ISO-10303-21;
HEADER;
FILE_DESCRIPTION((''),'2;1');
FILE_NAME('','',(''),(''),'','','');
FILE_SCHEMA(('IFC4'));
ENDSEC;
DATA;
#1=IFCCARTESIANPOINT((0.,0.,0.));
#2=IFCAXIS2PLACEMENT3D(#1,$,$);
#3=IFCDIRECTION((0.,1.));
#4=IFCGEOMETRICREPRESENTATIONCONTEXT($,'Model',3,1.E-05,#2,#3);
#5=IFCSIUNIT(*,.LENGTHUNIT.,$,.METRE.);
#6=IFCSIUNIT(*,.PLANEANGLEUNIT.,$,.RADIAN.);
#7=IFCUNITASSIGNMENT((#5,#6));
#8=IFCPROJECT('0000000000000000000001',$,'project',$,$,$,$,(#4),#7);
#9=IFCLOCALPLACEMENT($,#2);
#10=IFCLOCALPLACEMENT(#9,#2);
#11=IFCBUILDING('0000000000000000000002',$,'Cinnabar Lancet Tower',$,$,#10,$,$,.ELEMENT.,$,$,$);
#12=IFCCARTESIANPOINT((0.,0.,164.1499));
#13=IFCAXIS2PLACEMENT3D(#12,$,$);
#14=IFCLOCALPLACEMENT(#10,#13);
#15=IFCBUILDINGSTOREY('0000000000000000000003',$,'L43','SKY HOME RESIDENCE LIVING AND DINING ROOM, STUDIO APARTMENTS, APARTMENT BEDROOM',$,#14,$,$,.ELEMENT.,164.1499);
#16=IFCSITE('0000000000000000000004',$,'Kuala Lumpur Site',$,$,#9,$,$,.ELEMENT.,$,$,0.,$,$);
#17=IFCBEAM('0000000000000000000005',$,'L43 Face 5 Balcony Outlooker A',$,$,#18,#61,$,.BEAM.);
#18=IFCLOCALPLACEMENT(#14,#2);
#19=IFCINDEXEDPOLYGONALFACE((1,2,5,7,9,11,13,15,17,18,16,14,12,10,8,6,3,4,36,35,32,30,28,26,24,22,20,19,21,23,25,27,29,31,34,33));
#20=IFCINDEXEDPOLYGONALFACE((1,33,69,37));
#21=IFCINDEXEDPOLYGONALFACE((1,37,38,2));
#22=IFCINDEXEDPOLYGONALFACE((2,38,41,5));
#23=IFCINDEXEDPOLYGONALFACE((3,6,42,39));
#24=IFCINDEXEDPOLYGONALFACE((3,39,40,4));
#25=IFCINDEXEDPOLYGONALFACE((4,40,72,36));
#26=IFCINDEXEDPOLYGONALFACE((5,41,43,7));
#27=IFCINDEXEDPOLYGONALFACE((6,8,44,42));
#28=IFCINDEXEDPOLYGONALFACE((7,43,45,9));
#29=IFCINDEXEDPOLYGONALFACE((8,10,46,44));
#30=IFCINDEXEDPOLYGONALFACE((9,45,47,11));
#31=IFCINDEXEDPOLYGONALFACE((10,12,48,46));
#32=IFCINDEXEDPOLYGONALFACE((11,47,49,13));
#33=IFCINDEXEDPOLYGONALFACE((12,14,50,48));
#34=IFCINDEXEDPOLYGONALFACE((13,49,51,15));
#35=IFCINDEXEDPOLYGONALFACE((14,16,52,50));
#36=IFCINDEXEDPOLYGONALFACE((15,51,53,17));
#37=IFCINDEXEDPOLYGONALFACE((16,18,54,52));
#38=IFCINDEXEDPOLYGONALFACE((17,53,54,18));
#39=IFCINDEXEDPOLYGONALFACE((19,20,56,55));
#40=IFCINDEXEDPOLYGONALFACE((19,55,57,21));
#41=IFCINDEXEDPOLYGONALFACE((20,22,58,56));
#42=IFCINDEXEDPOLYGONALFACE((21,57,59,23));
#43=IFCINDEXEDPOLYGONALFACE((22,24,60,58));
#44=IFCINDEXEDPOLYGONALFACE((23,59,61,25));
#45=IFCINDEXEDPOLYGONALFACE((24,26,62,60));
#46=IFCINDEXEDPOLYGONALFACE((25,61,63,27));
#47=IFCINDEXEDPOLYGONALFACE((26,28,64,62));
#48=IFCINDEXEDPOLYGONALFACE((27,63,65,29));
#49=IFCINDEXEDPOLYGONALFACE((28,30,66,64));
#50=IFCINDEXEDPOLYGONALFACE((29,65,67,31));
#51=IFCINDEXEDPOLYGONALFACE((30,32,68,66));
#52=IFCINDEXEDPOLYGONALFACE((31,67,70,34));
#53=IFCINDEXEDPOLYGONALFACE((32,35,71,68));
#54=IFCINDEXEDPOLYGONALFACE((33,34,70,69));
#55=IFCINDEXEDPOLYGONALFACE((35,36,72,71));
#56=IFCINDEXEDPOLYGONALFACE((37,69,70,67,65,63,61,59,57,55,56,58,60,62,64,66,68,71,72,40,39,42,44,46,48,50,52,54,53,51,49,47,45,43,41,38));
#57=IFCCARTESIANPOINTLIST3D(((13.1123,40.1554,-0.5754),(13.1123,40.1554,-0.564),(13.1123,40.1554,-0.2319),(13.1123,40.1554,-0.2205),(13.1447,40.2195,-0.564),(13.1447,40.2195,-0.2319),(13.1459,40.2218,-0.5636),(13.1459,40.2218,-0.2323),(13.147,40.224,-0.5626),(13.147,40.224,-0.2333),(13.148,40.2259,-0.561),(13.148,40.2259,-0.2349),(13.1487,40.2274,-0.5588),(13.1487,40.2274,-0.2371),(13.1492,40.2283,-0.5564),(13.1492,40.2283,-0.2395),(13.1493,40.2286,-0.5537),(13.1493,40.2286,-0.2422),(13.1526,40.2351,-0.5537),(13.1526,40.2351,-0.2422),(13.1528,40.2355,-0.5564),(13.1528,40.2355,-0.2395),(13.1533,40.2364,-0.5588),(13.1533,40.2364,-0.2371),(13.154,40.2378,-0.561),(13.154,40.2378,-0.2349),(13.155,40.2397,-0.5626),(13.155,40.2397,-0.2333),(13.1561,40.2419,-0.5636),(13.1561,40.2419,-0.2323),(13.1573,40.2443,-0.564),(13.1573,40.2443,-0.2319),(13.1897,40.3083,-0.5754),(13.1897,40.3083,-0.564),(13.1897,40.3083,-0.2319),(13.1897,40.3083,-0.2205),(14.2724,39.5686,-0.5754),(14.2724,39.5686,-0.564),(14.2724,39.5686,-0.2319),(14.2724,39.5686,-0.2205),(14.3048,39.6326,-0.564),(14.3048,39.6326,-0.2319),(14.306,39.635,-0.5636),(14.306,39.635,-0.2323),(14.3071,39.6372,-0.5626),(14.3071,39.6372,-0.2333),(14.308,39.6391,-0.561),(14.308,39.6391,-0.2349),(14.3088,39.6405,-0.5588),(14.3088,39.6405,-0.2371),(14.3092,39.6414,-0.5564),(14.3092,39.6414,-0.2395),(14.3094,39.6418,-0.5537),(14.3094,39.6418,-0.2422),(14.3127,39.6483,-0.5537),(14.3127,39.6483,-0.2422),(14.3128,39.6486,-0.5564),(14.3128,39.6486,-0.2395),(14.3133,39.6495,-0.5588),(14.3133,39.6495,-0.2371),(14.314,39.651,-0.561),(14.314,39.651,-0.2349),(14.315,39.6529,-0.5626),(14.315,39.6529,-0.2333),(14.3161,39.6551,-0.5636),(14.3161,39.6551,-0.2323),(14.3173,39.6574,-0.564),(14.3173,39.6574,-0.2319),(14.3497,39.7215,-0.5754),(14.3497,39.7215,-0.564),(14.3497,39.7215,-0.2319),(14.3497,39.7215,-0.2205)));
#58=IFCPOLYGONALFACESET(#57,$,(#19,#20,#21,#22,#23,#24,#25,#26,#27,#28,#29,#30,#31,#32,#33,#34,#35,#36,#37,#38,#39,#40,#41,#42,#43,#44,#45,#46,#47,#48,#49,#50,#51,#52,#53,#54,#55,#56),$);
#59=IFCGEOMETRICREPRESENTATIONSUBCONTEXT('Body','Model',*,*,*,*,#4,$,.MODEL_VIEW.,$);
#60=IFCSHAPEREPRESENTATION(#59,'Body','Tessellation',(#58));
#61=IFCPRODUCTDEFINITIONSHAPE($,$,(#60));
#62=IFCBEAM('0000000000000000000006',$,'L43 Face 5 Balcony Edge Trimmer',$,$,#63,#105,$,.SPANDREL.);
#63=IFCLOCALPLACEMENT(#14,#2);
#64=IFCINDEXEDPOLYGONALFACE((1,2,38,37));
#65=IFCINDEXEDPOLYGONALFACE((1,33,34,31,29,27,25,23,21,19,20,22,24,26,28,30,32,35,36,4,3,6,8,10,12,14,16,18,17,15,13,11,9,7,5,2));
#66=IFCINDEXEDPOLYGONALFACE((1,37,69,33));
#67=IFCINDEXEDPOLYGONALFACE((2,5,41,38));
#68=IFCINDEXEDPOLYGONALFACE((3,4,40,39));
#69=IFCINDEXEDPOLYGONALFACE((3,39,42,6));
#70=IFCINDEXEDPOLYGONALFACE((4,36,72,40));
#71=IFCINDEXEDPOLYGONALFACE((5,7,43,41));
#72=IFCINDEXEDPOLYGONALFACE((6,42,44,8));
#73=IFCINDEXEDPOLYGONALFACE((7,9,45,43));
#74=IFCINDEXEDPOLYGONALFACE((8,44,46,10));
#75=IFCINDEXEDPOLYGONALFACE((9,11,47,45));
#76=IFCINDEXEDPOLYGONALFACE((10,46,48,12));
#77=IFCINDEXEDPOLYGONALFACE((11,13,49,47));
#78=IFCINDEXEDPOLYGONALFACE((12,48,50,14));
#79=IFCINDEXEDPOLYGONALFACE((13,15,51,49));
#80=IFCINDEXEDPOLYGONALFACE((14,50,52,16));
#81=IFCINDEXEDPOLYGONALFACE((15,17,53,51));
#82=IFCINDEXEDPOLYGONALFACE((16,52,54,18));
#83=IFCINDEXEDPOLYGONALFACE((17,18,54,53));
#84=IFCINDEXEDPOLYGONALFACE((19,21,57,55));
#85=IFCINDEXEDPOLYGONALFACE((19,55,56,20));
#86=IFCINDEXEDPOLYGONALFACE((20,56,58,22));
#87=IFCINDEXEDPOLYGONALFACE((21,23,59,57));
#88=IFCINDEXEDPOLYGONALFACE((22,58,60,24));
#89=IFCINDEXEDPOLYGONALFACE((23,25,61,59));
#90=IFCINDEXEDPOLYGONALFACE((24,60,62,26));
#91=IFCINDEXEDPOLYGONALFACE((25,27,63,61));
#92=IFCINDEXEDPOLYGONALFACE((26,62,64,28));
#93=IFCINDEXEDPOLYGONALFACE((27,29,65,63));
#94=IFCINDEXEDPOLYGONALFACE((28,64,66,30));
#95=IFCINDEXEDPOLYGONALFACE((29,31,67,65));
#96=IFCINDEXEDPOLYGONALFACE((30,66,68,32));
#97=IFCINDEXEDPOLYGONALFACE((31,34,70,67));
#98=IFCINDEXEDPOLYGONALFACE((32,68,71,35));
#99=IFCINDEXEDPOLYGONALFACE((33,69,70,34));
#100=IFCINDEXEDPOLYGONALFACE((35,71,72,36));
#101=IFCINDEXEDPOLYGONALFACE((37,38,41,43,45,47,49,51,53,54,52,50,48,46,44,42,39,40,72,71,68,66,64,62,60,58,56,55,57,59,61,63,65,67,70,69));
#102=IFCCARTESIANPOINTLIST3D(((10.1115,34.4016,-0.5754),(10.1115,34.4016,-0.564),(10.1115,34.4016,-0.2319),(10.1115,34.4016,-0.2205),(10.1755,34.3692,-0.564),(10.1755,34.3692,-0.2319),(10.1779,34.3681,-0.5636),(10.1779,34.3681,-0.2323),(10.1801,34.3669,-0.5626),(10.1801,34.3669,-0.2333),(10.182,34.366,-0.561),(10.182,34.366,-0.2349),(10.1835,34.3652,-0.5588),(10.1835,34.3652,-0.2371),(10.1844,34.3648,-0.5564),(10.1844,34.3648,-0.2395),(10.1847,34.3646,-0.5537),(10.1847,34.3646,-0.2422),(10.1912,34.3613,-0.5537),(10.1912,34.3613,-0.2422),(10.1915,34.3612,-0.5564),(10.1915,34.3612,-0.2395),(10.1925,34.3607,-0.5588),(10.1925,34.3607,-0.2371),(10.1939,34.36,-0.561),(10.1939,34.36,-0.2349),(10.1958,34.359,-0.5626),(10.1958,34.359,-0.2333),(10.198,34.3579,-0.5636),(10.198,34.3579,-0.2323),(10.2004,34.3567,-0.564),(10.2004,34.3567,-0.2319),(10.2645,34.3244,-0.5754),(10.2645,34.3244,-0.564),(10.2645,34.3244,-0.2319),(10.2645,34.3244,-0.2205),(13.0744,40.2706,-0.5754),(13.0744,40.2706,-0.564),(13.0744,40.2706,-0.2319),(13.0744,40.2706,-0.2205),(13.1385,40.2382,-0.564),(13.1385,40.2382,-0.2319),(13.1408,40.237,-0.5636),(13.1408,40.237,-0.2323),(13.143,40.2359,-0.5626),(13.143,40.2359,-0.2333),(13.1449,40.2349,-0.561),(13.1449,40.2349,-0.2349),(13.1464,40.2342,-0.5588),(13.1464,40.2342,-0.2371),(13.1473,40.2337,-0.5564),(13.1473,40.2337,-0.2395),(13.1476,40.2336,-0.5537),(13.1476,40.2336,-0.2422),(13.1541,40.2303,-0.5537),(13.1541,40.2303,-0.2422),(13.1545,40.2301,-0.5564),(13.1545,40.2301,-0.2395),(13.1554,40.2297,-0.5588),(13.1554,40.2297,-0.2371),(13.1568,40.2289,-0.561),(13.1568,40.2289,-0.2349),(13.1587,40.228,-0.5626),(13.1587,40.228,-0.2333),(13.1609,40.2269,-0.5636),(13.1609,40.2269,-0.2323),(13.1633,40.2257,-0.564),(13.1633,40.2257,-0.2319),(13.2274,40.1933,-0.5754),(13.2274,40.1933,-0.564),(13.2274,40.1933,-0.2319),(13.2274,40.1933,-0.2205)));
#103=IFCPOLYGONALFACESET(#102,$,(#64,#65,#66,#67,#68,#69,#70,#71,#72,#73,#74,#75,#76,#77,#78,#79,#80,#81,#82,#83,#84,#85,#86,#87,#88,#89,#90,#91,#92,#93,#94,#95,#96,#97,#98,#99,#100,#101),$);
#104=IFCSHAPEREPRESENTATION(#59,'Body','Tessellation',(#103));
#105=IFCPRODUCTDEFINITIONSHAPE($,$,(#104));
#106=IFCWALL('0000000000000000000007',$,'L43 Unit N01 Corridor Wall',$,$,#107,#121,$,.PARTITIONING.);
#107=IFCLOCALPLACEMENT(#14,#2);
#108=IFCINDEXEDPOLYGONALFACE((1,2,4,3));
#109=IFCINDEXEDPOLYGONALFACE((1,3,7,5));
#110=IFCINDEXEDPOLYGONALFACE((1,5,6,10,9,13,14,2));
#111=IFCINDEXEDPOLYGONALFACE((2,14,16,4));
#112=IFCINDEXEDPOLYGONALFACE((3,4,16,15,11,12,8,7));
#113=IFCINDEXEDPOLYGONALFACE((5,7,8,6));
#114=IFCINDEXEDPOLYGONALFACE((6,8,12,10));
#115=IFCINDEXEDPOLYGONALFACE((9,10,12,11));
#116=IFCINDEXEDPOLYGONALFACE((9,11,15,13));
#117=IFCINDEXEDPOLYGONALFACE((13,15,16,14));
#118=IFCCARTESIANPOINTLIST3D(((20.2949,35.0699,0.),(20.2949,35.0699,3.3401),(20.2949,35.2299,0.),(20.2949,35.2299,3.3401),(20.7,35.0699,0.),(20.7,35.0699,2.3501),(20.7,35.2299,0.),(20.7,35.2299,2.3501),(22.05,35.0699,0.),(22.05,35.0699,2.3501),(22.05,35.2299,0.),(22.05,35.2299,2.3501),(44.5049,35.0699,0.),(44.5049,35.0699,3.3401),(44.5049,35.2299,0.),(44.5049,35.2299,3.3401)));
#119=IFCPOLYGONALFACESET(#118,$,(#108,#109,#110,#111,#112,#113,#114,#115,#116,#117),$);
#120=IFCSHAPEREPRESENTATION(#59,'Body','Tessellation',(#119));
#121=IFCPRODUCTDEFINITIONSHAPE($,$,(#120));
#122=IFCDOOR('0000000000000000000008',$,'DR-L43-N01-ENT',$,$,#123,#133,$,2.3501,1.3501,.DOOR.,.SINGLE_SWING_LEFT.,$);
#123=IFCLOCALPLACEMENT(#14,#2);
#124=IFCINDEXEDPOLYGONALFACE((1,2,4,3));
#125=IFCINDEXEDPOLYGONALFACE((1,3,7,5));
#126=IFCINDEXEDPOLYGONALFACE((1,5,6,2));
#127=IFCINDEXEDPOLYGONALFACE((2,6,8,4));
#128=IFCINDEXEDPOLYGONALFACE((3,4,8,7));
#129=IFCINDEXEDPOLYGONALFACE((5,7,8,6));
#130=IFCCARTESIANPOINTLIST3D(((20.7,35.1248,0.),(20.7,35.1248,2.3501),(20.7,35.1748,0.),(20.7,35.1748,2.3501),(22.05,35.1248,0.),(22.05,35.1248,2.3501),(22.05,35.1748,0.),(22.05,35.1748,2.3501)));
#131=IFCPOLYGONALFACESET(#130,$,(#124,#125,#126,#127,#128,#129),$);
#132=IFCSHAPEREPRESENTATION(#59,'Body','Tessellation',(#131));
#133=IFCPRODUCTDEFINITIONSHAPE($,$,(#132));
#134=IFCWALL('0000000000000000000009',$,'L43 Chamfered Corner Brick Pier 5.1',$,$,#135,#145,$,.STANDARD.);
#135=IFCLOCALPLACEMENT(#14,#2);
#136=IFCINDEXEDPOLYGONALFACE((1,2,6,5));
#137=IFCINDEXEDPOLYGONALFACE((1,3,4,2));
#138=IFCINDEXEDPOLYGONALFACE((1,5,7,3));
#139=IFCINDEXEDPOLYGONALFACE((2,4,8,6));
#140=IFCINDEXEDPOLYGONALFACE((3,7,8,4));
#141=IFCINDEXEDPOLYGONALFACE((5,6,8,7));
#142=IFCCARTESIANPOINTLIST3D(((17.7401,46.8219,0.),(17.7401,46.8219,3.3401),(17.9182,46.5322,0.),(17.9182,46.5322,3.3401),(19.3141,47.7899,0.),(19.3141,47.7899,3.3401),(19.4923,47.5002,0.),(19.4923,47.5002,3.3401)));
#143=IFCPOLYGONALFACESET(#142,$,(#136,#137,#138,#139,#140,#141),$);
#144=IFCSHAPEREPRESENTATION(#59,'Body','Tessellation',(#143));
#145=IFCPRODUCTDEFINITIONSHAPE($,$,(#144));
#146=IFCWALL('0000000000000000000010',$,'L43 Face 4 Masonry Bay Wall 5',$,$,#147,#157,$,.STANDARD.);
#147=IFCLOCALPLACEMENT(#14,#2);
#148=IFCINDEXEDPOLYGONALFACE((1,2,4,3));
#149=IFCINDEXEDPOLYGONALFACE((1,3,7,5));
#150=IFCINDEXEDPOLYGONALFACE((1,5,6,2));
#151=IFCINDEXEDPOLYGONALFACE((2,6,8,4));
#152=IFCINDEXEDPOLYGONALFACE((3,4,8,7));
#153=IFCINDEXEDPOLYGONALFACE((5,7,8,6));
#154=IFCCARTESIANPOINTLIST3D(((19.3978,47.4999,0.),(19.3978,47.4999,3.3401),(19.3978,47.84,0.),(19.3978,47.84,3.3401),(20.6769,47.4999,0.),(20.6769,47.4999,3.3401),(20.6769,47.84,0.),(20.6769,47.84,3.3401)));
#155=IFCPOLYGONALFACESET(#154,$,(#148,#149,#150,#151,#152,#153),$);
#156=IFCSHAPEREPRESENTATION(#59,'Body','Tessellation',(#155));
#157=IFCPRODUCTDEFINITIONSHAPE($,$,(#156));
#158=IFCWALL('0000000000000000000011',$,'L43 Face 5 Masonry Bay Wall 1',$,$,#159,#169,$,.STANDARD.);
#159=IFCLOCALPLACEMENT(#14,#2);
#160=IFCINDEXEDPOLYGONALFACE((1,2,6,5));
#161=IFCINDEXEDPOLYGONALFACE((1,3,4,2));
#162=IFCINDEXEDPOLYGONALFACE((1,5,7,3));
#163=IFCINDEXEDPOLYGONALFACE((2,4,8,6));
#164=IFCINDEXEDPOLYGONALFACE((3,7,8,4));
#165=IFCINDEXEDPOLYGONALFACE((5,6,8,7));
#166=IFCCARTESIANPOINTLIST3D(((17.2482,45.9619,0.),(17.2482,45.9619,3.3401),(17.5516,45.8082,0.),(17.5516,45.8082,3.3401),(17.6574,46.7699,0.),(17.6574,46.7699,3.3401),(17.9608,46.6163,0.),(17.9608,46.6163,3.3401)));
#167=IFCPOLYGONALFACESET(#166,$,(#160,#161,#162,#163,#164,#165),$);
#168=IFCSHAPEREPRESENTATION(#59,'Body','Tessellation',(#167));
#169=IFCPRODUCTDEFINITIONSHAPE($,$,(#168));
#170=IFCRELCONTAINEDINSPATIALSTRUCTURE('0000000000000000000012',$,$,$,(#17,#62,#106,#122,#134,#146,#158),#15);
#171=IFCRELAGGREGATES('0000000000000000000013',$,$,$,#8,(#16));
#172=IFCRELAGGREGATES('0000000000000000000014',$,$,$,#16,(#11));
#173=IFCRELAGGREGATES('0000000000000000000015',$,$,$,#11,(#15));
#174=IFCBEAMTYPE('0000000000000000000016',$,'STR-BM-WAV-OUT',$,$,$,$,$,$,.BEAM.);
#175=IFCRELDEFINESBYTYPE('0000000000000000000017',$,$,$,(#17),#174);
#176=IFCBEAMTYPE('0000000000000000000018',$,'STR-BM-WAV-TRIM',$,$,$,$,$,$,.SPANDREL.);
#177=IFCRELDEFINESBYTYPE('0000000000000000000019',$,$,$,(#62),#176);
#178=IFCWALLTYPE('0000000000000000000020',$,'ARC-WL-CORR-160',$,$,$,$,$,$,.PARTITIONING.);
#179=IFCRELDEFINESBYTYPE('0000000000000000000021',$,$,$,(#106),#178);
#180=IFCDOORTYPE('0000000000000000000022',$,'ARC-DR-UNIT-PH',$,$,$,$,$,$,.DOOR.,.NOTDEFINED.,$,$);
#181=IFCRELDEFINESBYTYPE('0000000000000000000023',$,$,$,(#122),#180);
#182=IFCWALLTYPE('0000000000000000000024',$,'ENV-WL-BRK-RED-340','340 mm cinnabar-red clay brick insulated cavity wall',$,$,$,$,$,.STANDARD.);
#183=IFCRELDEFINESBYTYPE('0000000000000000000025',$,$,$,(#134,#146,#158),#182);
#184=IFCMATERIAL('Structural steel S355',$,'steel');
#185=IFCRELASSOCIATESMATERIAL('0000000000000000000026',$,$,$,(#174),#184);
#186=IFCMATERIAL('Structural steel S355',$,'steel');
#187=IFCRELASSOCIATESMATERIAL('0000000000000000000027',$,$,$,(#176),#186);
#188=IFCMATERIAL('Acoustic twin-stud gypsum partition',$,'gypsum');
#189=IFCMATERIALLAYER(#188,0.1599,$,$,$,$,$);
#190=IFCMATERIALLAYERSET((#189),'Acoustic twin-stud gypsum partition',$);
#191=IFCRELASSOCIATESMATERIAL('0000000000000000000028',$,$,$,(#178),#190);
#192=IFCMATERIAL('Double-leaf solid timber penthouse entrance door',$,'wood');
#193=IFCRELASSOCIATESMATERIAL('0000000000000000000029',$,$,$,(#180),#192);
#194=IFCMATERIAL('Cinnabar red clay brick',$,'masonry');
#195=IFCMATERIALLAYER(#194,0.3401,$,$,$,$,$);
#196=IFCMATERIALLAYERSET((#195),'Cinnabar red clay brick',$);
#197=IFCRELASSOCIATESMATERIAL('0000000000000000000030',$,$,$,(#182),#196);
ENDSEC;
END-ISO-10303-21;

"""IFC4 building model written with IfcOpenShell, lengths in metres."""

from ifc_helpers import new_model, si_unit, direction, frame, frame_2d, origin, origin_2d, place, context, subcontext, project, spatial, rectangle, i_section, extrude, material, layer, layer_set, material_profile, profile_set, type_object, element, fill, save


model = new_model("IFC4")

# Units and contexts
model_context = context("Model", 3, precision=1e-05, world=origin(), true_north=direction((0.0, 1.0)))
body_context = subcontext(model_context, "Body", "Model", "MODEL_VIEW")
ifc_project = project(units=[si_unit("LENGTHUNIT", "METRE"), si_unit("PLANEANGLEUNIT", "RADIAN")], contexts=[model_context])

# Site, building, storey
site_placement = place(None, origin())
site = spatial("IfcSite", under=ifc_project, at=site_placement, Name="Kuala Lumpur Site", CompositionType="ELEMENT", RefElevation=0.0)
building_placement = place(site_placement, origin())
building = spatial("IfcBuilding", under=site, at=building_placement, Name="Cinnabar Lancet Tower", CompositionType="ELEMENT")
storey_placement = place(building_placement, frame((0.0, 0.0, 164.1499)))
storey = spatial("IfcBuildingStorey", under=building, at=storey_placement, Name="L43", Description="SKY HOME RESIDENCE LIVING AND DINING ROOM, STUDIO APARTMENTS, APARTMENT BEDROOM", CompositionType="ELEMENT", Elevation=164.1499)

# Beams
ifc_material_1 = material(Name="Structural steel S355", Category="steel")
ifc_material_profile_1 = material_profile(ifc_material_1, i_section(OverallWidth=0.1714, OverallDepth=0.355, WebThickness=0.0073, FlangeThickness=0.0115, FilletRadius=0.0103, at=origin_2d()), Name="UKB 356x171x51")
ifc_profile_set_1 = profile_set([ifc_material_profile_1], Name="Structural steel S355")
beam_type_1 = type_object("IfcBeamType", Name="STR-BM-WAV-OUT", PredefinedType="BEAM", material=ifc_profile_set_1)
beam_1_placement = place(storey_placement, frame((14.311, 39.645, -0.3979), z_axis=(-0.892314, 0.451415, 0.0), x_axis=(-0.451415, -0.892314, 0.0)))
element("IfcBeam", 1, at=beam_1_placement, inside=storey, type_object=beam_type_1, Name="L43 Face 5 Balcony Outlooker A", PredefinedType="BEAM", context=body_context, shape_type="SweptSolid", body=[
    extrude(i_section(OverallWidth=0.1714, OverallDepth=0.355, WebThickness=0.0073, FlangeThickness=0.0115, FilletRadius=0.0103, at=origin_2d()), origin(), (0.0, 0.0, 1.0), 1.3),
])
ifc_material_2 = material(Name="Structural steel S355", Category="steel")
ifc_material_profile_2 = material_profile(ifc_material_2, i_section(OverallWidth=0.1714, OverallDepth=0.355, WebThickness=0.0073, FlangeThickness=0.0115, FilletRadius=0.0103, at=origin_2d()), Name="UKB 356x171x51")
ifc_profile_set_2 = profile_set([ifc_material_profile_2], Name="Structural steel S355")
beam_type_2 = type_object("IfcBeamType", Name="STR-BM-WAV-TRIM", PredefinedType="SPANDREL", material=ifc_profile_set_2)
beam_2_placement = place(storey_placement, frame((13.1509, 40.2319, -0.3979), z_axis=(-0.450671, -0.89269, 0.0), x_axis=(0.89269, -0.450671, 0.0)))
element("IfcBeam", 2, at=beam_2_placement, inside=storey, type_object=beam_type_2, Name="L43 Face 5 Balcony Edge Trimmer", PredefinedType="SPANDREL", context=body_context, shape_type="SweptSolid", body=[
    extrude(i_section(OverallWidth=0.1714, OverallDepth=0.355, WebThickness=0.0073, FlangeThickness=0.0115, FilletRadius=0.0103, at=origin_2d()), origin(), (0.0, 0.0, 1.0), 6.5745),
])

# Wall, opening, door
ifc_material_3 = material(Name="Acoustic twin-stud gypsum partition", Category="gypsum")
ifc_layer_1 = layer(ifc_material_3, 0.1599)
ifc_layer_set_1 = layer_set([ifc_layer_1], Name="Acoustic twin-stud gypsum partition")
wall_type_1 = type_object("IfcWallType", Name="ARC-WL-CORR-160", PredefinedType="PARTITIONING", material=ifc_layer_set_1)
wall_1_placement = place(storey_placement, frame((20.2949, 35.1499, 0.0), z_axis=(0.0, 0.0, 1.0), x_axis=(1.0, 0.0, 0.0)))
wall_1 = element("IfcWall", 3, at=wall_1_placement, inside=storey, type_object=wall_type_1, Name="L43 Unit N01 Corridor Wall", PredefinedType="PARTITIONING", context=body_context, shape_type="SweptSolid", body=[
    extrude(rectangle(XDim=24.21, YDim=0.1599, at=frame_2d((12.105, 0.0))), origin(), (0.0, 0.0, 1.0), 3.3401),
])
opening_1_placement = place(wall_1_placement, frame((0.405, 0.0, 0.0)))
opening_1 = element("IfcOpeningElement", 4, at=opening_1_placement, cuts=wall_1, PredefinedType="OPENING", context=body_context, shape_type="SweptSolid", body=[
    extrude(rectangle(XDim=1.3501, YDim=2.3501, at=frame_2d((0.675, 1.175))), frame((0.0, 0.0898, 0.0), z_axis=(0.0, -1.0, 0.0), x_axis=(1.0, 0.0, 0.0)), (0.0, 0.0, 1.0), 0.1799),
])
ifc_material_4 = material(Name="Double-leaf solid timber penthouse entrance door", Category="wood")
door_type_1 = type_object("IfcDoorType", Name="ARC-DR-UNIT-PH", OperationType="NOTDEFINED", PredefinedType="DOOR", material=ifc_material_4)
door_1_placement = place(opening_1_placement, origin())
door_1 = element("IfcDoor", 5, at=door_1_placement, inside=storey, type_object=door_type_1, Name="DR-L43-N01-ENT", OperationType="SINGLE_SWING_LEFT", OverallHeight=2.3501, OverallWidth=1.3501, PredefinedType="DOOR", context=body_context, shape_type="SweptSolid", body=[
    extrude(rectangle(XDim=1.3501, YDim=2.3501, at=frame_2d((0.675, 1.175))), frame((0.0, 0.0249, 0.0), z_axis=(0.0, -1.0, 0.0), x_axis=(1.0, 0.0, 0.0)), (0.0, 0.0, 1.0), 0.05),
])
fill(opening_1, door_1)

# Walls
ifc_material_5 = material(Name="Cinnabar red clay brick", Category="masonry")
ifc_layer_2 = layer(ifc_material_5, 0.3401)
ifc_layer_set_2 = layer_set([ifc_layer_2], Name="Cinnabar red clay brick")
wall_type_2 = type_object("IfcWallType", Name="ENV-WL-BRK-RED-340", Description="340 mm cinnabar-red clay brick insulated cavity wall", PredefinedType="STANDARD", material=ifc_layer_set_2)
wall_2_placement = place(storey_placement, frame((19.4031, 47.645, 0.0), z_axis=(0.0, 0.0, 1.0), x_axis=(-0.851799, -0.523869, 0.0)))
element("IfcWall", 6, at=wall_2_placement, inside=storey, type_object=wall_type_2, Name="L43 Chamfered Corner Brick Pier 5.1", PredefinedType="STANDARD", context=body_context, shape_type="SweptSolid", body=[
    extrude(rectangle(XDim=1.8479, YDim=0.3401, at=frame_2d((0.9238, 0.0))), origin(), (0.0, 0.0, 1.0), 3.3401),
])
wall_3_placement = place(storey_placement, frame((20.677, 47.6699, 0.0), z_axis=(0.0, 0.0, 1.0), x_axis=(-1.0, 0.0, 0.0)))
element("IfcWall", 7, at=wall_3_placement, inside=storey, type_object=wall_type_2, Name="L43 Face 4 Masonry Bay Wall 5", PredefinedType="STANDARD", context=body_context, shape_type="SweptSolid", body=[
    extrude(rectangle(XDim=1.2791, YDim=0.3401, at=frame_2d((0.6396, 0.0))), origin(), (0.0, 0.0, 1.0), 3.3401),
])
wall_4_placement = place(storey_placement, frame((17.8091, 46.6931, 0.0), z_axis=(0.0, 0.0, 1.0), x_axis=(-0.451736, -0.892152, 0.0)))
element("IfcWall", 8, at=wall_4_placement, inside=storey, type_object=wall_type_2, Name="L43 Face 5 Masonry Bay Wall 1", PredefinedType="STANDARD", context=body_context, shape_type="SweptSolid", body=[
    extrude(rectangle(XDim=0.9058, YDim=0.3401, at=frame_2d((0.4529, 0.0))), origin(), (0.0, 0.0, 1.0), 3.3401),
])

save(model, "model.ifc")
